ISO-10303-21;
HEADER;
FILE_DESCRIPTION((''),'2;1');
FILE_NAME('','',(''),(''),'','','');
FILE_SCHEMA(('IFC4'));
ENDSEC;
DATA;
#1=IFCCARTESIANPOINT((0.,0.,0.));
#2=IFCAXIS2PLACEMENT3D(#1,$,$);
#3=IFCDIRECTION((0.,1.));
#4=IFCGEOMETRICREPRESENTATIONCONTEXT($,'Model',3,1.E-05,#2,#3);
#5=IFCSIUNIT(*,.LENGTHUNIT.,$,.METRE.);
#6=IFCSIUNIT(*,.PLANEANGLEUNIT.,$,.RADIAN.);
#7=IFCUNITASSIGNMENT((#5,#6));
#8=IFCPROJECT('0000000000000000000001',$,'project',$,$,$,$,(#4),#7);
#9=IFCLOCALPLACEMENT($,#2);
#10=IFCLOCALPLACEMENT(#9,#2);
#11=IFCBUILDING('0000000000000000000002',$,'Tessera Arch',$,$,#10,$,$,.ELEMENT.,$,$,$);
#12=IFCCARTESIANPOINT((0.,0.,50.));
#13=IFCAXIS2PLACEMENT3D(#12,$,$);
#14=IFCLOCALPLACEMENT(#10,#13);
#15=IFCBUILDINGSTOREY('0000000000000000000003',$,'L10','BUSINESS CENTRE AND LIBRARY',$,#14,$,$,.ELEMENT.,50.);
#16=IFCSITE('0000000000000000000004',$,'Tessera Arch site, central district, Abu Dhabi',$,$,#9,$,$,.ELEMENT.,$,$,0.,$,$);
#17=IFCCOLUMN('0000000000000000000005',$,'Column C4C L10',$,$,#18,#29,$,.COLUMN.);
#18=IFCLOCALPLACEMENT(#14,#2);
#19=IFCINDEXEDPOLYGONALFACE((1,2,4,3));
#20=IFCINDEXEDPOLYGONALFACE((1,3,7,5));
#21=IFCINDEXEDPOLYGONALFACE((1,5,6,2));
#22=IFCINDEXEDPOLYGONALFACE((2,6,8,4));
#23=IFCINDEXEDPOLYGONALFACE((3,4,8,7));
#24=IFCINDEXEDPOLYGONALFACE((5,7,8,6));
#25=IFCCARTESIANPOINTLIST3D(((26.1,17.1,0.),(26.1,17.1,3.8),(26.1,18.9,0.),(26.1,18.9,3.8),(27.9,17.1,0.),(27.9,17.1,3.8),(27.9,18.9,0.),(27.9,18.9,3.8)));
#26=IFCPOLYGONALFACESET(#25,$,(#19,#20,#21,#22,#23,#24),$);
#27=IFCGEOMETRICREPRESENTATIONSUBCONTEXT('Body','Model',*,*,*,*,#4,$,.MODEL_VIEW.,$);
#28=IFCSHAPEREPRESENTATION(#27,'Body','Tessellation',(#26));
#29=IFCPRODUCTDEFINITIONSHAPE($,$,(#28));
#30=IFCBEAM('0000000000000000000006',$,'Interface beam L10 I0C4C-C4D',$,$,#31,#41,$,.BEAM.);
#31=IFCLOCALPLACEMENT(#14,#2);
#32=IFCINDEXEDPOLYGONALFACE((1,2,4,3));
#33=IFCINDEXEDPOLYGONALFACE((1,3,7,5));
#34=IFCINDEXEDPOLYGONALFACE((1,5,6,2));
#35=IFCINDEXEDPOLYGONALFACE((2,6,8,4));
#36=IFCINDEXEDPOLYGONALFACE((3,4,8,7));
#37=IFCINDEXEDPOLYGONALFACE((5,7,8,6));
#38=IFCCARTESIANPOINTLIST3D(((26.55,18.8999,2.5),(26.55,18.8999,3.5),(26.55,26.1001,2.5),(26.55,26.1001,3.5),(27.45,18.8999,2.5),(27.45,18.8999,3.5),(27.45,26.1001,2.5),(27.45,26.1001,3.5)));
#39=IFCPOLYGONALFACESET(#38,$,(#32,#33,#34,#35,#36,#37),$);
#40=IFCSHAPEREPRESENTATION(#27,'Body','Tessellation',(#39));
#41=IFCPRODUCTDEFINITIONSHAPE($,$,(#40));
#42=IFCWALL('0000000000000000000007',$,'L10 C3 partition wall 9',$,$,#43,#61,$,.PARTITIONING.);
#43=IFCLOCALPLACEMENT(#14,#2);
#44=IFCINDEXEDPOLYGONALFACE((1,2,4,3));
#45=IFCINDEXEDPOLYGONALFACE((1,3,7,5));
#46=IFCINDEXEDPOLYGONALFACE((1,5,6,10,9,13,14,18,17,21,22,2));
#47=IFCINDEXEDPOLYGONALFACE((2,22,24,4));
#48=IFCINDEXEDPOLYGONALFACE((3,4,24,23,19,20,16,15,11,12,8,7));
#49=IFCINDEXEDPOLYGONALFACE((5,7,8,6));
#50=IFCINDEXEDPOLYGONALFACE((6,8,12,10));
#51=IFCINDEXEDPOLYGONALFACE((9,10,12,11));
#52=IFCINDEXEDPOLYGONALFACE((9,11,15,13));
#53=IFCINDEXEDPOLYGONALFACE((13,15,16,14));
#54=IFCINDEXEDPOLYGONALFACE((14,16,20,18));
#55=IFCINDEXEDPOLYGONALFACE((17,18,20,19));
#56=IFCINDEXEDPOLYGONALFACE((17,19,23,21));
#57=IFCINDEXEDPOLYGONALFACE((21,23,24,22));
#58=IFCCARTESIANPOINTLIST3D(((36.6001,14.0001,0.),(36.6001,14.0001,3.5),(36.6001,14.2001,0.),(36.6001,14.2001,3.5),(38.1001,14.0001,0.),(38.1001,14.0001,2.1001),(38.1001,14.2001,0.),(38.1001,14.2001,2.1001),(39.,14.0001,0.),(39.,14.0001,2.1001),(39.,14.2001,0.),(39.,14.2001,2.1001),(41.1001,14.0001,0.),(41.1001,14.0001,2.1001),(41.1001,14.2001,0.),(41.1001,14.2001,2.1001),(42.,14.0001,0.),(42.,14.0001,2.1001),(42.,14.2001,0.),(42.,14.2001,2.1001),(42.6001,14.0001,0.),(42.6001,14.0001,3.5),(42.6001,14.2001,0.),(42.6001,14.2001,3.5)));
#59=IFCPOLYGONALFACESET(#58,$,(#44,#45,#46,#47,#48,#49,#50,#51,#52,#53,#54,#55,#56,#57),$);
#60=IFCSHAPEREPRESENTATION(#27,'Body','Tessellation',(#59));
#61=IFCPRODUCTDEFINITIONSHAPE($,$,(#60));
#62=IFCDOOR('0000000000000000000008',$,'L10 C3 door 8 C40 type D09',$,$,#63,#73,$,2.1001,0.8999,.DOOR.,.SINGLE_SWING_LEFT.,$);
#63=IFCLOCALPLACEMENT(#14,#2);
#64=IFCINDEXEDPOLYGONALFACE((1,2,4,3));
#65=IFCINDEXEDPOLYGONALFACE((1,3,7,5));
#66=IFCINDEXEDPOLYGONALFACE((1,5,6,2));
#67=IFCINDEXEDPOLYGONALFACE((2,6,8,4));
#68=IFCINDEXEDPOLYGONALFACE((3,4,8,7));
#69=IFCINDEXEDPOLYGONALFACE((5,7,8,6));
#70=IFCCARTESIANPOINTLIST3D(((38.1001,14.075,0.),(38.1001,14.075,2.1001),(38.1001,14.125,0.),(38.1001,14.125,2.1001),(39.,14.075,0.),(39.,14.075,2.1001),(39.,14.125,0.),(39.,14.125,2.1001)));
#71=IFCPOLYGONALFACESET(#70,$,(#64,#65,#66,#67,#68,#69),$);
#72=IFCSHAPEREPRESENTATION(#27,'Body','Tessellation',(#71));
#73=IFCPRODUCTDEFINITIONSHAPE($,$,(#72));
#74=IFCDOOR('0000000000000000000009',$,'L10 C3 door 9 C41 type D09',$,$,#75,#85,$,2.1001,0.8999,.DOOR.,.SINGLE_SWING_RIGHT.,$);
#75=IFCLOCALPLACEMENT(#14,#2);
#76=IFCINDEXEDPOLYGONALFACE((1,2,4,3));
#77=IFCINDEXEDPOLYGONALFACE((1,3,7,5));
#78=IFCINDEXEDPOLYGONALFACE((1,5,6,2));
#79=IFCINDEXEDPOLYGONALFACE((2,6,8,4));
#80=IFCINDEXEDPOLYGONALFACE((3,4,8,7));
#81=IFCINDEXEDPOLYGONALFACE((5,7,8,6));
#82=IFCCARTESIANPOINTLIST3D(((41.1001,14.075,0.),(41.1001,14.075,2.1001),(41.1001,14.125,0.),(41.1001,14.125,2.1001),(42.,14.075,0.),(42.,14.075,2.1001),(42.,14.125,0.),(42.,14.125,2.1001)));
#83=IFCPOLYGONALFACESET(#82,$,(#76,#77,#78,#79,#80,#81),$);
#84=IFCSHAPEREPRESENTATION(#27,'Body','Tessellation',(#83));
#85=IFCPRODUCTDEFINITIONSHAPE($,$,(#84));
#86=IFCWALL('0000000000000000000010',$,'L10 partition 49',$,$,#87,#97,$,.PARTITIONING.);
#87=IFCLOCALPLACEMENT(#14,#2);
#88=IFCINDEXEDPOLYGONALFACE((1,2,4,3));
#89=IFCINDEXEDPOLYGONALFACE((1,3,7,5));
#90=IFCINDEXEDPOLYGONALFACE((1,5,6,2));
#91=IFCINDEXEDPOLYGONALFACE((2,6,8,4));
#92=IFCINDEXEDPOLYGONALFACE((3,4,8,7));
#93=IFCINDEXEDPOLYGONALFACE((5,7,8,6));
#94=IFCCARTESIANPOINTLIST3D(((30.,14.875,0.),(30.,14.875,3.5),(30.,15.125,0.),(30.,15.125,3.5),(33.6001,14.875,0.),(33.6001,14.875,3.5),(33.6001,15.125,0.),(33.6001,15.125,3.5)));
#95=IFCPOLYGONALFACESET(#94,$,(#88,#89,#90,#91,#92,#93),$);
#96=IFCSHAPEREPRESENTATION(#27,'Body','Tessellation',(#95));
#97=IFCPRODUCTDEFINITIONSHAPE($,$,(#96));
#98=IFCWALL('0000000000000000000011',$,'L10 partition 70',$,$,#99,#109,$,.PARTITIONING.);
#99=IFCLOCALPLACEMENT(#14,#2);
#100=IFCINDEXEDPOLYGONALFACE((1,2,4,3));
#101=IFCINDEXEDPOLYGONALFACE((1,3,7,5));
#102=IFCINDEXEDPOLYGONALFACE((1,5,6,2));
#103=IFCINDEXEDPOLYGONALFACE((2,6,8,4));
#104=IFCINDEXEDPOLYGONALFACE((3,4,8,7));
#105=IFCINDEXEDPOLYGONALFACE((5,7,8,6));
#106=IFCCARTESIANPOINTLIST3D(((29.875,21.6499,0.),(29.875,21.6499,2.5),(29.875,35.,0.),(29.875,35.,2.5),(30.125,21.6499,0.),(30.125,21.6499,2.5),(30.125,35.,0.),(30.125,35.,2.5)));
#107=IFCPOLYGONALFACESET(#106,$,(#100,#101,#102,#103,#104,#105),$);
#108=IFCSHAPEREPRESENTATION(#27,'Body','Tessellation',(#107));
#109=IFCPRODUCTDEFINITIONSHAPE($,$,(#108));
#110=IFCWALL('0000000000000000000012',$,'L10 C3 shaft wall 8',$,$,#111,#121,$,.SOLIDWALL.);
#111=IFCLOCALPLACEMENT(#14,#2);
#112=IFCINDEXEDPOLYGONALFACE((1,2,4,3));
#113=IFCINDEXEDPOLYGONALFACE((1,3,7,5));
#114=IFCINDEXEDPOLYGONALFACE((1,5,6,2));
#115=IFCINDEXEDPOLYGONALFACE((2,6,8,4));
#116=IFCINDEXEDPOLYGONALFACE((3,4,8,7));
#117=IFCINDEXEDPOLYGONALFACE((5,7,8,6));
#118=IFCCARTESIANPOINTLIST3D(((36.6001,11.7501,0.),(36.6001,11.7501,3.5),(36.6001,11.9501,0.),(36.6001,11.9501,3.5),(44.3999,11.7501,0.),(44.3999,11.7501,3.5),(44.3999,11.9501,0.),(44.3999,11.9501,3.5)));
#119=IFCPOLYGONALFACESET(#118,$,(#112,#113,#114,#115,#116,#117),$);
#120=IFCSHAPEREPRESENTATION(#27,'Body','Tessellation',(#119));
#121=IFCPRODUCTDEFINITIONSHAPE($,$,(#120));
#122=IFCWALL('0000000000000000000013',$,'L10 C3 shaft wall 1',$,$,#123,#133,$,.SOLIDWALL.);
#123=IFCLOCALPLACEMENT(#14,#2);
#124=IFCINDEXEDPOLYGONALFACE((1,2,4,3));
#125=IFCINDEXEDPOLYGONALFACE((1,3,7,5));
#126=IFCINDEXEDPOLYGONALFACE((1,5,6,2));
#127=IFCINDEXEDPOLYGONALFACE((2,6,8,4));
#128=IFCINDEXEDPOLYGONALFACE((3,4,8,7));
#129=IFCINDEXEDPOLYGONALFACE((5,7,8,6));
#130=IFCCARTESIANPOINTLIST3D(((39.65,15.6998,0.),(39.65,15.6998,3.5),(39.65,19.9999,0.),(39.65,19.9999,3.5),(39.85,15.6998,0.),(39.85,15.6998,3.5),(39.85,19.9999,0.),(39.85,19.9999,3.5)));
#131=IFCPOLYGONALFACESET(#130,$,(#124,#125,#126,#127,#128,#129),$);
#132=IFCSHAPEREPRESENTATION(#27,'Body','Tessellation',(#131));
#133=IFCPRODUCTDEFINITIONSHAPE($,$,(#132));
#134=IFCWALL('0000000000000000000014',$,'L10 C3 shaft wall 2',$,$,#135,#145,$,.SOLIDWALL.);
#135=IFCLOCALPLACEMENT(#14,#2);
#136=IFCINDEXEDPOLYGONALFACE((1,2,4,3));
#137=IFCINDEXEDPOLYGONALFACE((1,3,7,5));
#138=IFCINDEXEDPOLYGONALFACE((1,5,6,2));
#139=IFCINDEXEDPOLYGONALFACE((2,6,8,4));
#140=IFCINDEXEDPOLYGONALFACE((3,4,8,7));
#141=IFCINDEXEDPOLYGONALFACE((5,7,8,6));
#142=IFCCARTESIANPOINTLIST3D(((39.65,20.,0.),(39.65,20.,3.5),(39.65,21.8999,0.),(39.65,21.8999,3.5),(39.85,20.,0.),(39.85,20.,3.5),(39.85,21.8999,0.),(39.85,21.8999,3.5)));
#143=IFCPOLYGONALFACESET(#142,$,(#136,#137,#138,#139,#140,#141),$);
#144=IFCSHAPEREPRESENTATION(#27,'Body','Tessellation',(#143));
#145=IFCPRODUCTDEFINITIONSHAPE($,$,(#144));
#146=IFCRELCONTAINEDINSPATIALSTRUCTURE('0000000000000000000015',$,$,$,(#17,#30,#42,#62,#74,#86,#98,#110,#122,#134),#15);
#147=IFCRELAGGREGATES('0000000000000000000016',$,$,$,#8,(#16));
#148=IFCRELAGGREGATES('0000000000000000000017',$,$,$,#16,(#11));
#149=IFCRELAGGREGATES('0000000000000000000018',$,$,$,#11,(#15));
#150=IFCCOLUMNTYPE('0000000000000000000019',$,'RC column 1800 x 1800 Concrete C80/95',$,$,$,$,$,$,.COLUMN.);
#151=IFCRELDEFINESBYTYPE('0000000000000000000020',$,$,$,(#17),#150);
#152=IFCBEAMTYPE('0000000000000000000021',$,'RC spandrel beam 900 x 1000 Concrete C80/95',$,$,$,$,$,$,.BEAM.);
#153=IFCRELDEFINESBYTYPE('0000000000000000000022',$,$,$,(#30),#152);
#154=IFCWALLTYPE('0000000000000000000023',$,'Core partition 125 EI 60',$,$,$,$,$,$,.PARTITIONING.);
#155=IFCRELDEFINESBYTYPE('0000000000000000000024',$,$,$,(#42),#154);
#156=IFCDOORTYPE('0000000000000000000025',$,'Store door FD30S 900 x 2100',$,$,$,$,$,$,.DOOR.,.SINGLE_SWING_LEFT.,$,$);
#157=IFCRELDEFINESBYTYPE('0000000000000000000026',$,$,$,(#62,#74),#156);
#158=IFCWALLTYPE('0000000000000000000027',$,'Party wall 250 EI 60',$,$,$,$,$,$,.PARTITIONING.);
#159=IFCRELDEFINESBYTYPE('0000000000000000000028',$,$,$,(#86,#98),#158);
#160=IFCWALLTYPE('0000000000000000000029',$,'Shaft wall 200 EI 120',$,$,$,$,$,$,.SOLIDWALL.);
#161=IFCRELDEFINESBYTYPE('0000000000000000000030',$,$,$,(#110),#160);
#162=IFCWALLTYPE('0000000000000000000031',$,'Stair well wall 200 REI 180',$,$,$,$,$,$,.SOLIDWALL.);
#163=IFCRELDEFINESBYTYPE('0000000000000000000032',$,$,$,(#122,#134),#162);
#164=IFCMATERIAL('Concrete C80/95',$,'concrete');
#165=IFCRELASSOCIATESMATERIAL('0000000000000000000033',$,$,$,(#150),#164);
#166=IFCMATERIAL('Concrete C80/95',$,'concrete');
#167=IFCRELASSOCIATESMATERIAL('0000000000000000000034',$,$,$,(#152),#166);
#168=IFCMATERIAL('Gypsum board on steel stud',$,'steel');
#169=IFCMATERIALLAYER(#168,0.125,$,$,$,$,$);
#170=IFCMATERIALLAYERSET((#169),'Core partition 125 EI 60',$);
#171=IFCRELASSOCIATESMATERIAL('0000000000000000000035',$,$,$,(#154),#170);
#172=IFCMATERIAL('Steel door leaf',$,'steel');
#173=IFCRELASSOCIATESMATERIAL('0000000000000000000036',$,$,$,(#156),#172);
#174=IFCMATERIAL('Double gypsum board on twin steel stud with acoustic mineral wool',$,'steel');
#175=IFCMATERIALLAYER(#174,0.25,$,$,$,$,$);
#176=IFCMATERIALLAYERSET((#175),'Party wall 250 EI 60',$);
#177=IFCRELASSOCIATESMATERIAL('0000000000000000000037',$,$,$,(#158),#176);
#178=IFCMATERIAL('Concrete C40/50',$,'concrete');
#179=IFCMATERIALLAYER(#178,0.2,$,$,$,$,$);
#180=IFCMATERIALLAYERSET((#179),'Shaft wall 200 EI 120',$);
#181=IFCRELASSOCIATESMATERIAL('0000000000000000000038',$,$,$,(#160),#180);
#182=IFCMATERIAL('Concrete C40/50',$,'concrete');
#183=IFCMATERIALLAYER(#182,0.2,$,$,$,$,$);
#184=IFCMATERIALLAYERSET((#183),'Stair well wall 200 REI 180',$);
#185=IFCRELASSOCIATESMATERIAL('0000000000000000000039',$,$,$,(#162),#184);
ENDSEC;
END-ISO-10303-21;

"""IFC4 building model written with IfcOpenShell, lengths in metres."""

from ifc_helpers import new_model, si_unit, direction, frame, frame_2d, origin, origin_2d, place, context, subcontext, project, spatial, rectangle, extrude, material, layer, layer_set, material_profile, profile_set, type_object, element, fill, save


model = new_model("IFC4")

# Units and contexts
model_context = context("Model", 3, precision=1e-05, world=origin(), true_north=direction((0.0, 1.0)))
body_context = subcontext(model_context, "Body", "Model", "MODEL_VIEW")
ifc_project = project(units=[si_unit("LENGTHUNIT", "METRE"), si_unit("PLANEANGLEUNIT", "RADIAN")], contexts=[model_context])

# Site, building, storey
site_placement = place(None, origin())
site = spatial("IfcSite", under=ifc_project, at=site_placement, Name="Tessera Arch site, central district, Abu Dhabi", CompositionType="ELEMENT", RefElevation=0.0)
building_placement = place(site_placement, origin())
building = spatial("IfcBuilding", under=site, at=building_placement, Name="Tessera Arch", CompositionType="ELEMENT")
storey_placement = place(building_placement, frame((0.0, 0.0, 50.0)))
storey = spatial("IfcBuildingStorey", under=building, at=storey_placement, Name="L10", Description="BUSINESS CENTRE AND LIBRARY", CompositionType="ELEMENT", Elevation=50.0)

# Column
ifc_material_1 = material(Name="Concrete C80/95", Category="concrete")
ifc_material_profile_1 = material_profile(ifc_material_1, rectangle(XDim=1.8, YDim=1.8, at=origin_2d()), Name="RC column 1800 x 1800 Concrete C80/95")
ifc_profile_set_1 = profile_set([ifc_material_profile_1], Name="Concrete C80/95")
column_type = type_object("IfcColumnType", Name="RC column 1800 x 1800 Concrete C80/95", PredefinedType="COLUMN", material=ifc_profile_set_1)
column_placement = place(storey_placement, frame((27.0, 18.0, 0.0), z_axis=(0.0, 0.0, 1.0), x_axis=(1.0, 0.0, 0.0)))
element("IfcColumn", 1, at=column_placement, inside=storey, type_object=column_type, Name="Column C4C L10", PredefinedType="COLUMN", context=body_context, shape_type="SweptSolid", body=[
    extrude(rectangle(XDim=1.8, YDim=1.8, at=origin_2d()), origin(), (0.0, 0.0, 1.0), 3.8),
])

# Beam
ifc_material_2 = material(Name="Concrete C80/95", Category="concrete")
ifc_material_profile_2 = material_profile(ifc_material_2, rectangle(XDim=0.8999, YDim=1.0, at=origin_2d()), Name="RC spandrel beam 900 x 1000 Concrete C80/95")
ifc_profile_set_2 = profile_set([ifc_material_profile_2], Name="Concrete C80/95")
beam_type = type_object("IfcBeamType", Name="RC spandrel beam 900 x 1000 Concrete C80/95", PredefinedType="BEAM", material=ifc_profile_set_2)
beam_placement = place(storey_placement, frame((27.0, 18.8999, 3.0), z_axis=(0.0, 1.0, 0.0), x_axis=(-1.0, 0.0, 0.0)))
element("IfcBeam", 2, at=beam_placement, inside=storey, type_object=beam_type, Name="Interface beam L10 I0C4C-C4D", PredefinedType="BEAM", context=body_context, shape_type="SweptSolid", body=[
    extrude(rectangle(XDim=0.8999, YDim=1.0, at=origin_2d()), origin(), (0.0, 0.0, 1.0), 7.2002),
])

# Wall, openings, doors
ifc_material_3 = material(Name="Gypsum board on steel stud", Category="steel")
ifc_layer_1 = layer(ifc_material_3, 0.125)
ifc_layer_set_1 = layer_set([ifc_layer_1], Name="Core partition 125 EI 60")
wall_type_1 = type_object("IfcWallType", Name="Core partition 125 EI 60", PredefinedType="PARTITIONING", material=ifc_layer_set_1)
wall_1_placement = place(storey_placement, frame((36.6001, 14.1001, 0.0), z_axis=(0.0, 0.0, 1.0), x_axis=(1.0, 0.0, 0.0)))
wall_1 = element("IfcWall", 3, at=wall_1_placement, inside=storey, type_object=wall_type_1, Name="L10 C3 partition wall 9", PredefinedType="PARTITIONING", context=body_context, shape_type="SweptSolid", body=[
    extrude(rectangle(XDim=6.0, YDim=0.2, at=frame_2d((3.0, 0.0))), origin(), (0.0, 0.0, 1.0), 3.5),
])
opening_1_placement = place(wall_1_placement, frame((1.5, 0.0, 0.0)))
opening_1 = element("IfcOpeningElement", 4, at=opening_1_placement, cuts=wall_1, PredefinedType="OPENING", context=body_context, shape_type="SweptSolid", body=[
    extrude(rectangle(XDim=0.8999, YDim=2.1001, at=frame_2d((0.45, 1.05))), frame((0.0, 0.1099, 0.0), z_axis=(0.0, -1.0, 0.0), x_axis=(1.0, 0.0, 0.0)), (0.0, 0.0, 1.0), 0.22),
])
opening_2_placement = place(wall_1_placement, frame((4.5, 0.0, 0.0)))
opening_2 = element("IfcOpeningElement", 5, at=opening_2_placement, cuts=wall_1, PredefinedType="OPENING", context=body_context, shape_type="SweptSolid", body=[
    extrude(rectangle(XDim=0.8999, YDim=2.1001, at=frame_2d((0.45, 1.05))), frame((0.0, 0.1099, 0.0), z_axis=(0.0, -1.0, 0.0), x_axis=(1.0, 0.0, 0.0)), (0.0, 0.0, 1.0), 0.22),
])
ifc_material_4 = material(Name="Steel door leaf", Category="steel")
door_type_1 = type_object("IfcDoorType", Name="Store door FD30S 900 x 2100", OperationType="SINGLE_SWING_LEFT", PredefinedType="DOOR", material=ifc_material_4)
door_1_placement = place(opening_1_placement, origin())
door_1 = element("IfcDoor", 6, at=door_1_placement, inside=storey, type_object=door_type_1, Name="L10 C3 door 8 C40 type D09", OperationType="SINGLE_SWING_LEFT", OverallHeight=2.1001, OverallWidth=0.8999, PredefinedType="DOOR", context=body_context, shape_type="SweptSolid", body=[
    extrude(rectangle(XDim=0.8999, YDim=2.1001, at=frame_2d((0.45, 1.05))), frame((0.0, 0.0249, 0.0), z_axis=(0.0, -1.0, 0.0), x_axis=(1.0, 0.0, 0.0)), (0.0, 0.0, 1.0), 0.05),
])
fill(opening_1, door_1)
door_2_placement = place(opening_2_placement, origin())
door_2 = element("IfcDoor", 7, at=door_2_placement, inside=storey, type_object=door_type_1, Name="L10 C3 door 9 C41 type D09", OperationType="SINGLE_SWING_RIGHT", OverallHeight=2.1001, OverallWidth=0.8999, PredefinedType="DOOR", context=body_context, shape_type="SweptSolid", body=[
    extrude(rectangle(XDim=0.8999, YDim=2.1001, at=frame_2d((0.45, 1.05))), frame((0.0, 0.0249, 0.0), z_axis=(0.0, -1.0, 0.0), x_axis=(1.0, 0.0, 0.0)), (0.0, 0.0, 1.0), 0.05),
])
fill(opening_2, door_2)

# Walls
ifc_material_5 = material(Name="Double gypsum board on twin steel stud with acoustic mineral wool", Category="steel")
ifc_layer_2 = layer(ifc_material_5, 0.25)
ifc_layer_set_2 = layer_set([ifc_layer_2], Name="Party wall 250 EI 60")
wall_type_2 = type_object("IfcWallType", Name="Party wall 250 EI 60", PredefinedType="PARTITIONING", material=ifc_layer_set_2)
wall_2_placement = place(storey_placement, frame((30.0, 15.0, 0.0), z_axis=(0.0, 0.0, 1.0), x_axis=(1.0, 0.0, 0.0)))
element("IfcWall", 8, at=wall_2_placement, inside=storey, type_object=wall_type_2, Name="L10 partition 49", PredefinedType="PARTITIONING", context=body_context, shape_type="SweptSolid", body=[
    extrude(rectangle(XDim=3.6001, YDim=0.25, at=frame_2d((1.8, 0.0))), origin(), (0.0, 0.0, 1.0), 3.5),
])
wall_3_placement = place(storey_placement, frame((30.0, 21.6499, 0.0), z_axis=(0.0, 0.0, 1.0), x_axis=(0.0, 1.0, 0.0)))
element("IfcWall", 9, at=wall_3_placement, inside=storey, type_object=wall_type_2, Name="L10 partition 70", PredefinedType="PARTITIONING", context=body_context, shape_type="SweptSolid", body=[
    extrude(rectangle(XDim=13.3501, YDim=0.25, at=frame_2d((6.675, 0.0))), origin(), (0.0, 0.0, 1.0), 2.5),
])
ifc_material_6 = material(Name="Concrete C40/50", Category="concrete")
ifc_layer_3 = layer(ifc_material_6, 0.2)
ifc_layer_set_3 = layer_set([ifc_layer_3], Name="Shaft wall 200 EI 120")
wall_type_3 = type_object("IfcWallType", Name="Shaft wall 200 EI 120", PredefinedType="SOLIDWALL", material=ifc_layer_set_3)
wall_4_placement = place(storey_placement, frame((36.6001, 11.8501, 0.0), z_axis=(0.0, 0.0, 1.0), x_axis=(1.0, 0.0, 0.0)))
element("IfcWall", 10, at=wall_4_placement, inside=storey, type_object=wall_type_3, Name="L10 C3 shaft wall 8", PredefinedType="SOLIDWALL", context=body_context, shape_type="SweptSolid", body=[
    extrude(rectangle(XDim=7.7998, YDim=0.2, at=frame_2d((3.8999, 0.0))), origin(), (0.0, 0.0, 1.0), 3.5),
])
ifc_material_7 = material(Name="Concrete C40/50", Category="concrete")
ifc_layer_4 = layer(ifc_material_7, 0.2)
ifc_layer_set_4 = layer_set([ifc_layer_4], Name="Stair well wall 200 REI 180")
wall_type_4 = type_object("IfcWallType", Name="Stair well wall 200 REI 180", PredefinedType="SOLIDWALL", material=ifc_layer_set_4)
wall_5_placement = place(storey_placement, frame((39.75, 15.7, 0.0), z_axis=(0.0, 0.0, 1.0), x_axis=(0.0, 1.0, 0.0)))
element("IfcWall", 11, at=wall_5_placement, inside=storey, type_object=wall_type_4, Name="L10 C3 shaft wall 1", PredefinedType="SOLIDWALL", context=body_context, shape_type="SweptSolid", body=[
    extrude(rectangle(XDim=4.3, YDim=0.2, at=frame_2d((2.1499, 0.0))), origin(), (0.0, 0.0, 1.0), 3.5),
])
wall_6_placement = place(storey_placement, frame((39.75, 20.0, 0.0), z_axis=(0.0, 0.0, 1.0), x_axis=(0.0, 1.0, 0.0)))
element("IfcWall", 12, at=wall_6_placement, inside=storey, type_object=wall_type_4, Name="L10 C3 shaft wall 2", PredefinedType="SOLIDWALL", context=body_context, shape_type="SweptSolid", body=[
    extrude(rectangle(XDim=1.8999, YDim=0.2, at=frame_2d((0.95, 0.0))), origin(), (0.0, 0.0, 1.0), 3.5),
])

save(model, "model.ifc")
